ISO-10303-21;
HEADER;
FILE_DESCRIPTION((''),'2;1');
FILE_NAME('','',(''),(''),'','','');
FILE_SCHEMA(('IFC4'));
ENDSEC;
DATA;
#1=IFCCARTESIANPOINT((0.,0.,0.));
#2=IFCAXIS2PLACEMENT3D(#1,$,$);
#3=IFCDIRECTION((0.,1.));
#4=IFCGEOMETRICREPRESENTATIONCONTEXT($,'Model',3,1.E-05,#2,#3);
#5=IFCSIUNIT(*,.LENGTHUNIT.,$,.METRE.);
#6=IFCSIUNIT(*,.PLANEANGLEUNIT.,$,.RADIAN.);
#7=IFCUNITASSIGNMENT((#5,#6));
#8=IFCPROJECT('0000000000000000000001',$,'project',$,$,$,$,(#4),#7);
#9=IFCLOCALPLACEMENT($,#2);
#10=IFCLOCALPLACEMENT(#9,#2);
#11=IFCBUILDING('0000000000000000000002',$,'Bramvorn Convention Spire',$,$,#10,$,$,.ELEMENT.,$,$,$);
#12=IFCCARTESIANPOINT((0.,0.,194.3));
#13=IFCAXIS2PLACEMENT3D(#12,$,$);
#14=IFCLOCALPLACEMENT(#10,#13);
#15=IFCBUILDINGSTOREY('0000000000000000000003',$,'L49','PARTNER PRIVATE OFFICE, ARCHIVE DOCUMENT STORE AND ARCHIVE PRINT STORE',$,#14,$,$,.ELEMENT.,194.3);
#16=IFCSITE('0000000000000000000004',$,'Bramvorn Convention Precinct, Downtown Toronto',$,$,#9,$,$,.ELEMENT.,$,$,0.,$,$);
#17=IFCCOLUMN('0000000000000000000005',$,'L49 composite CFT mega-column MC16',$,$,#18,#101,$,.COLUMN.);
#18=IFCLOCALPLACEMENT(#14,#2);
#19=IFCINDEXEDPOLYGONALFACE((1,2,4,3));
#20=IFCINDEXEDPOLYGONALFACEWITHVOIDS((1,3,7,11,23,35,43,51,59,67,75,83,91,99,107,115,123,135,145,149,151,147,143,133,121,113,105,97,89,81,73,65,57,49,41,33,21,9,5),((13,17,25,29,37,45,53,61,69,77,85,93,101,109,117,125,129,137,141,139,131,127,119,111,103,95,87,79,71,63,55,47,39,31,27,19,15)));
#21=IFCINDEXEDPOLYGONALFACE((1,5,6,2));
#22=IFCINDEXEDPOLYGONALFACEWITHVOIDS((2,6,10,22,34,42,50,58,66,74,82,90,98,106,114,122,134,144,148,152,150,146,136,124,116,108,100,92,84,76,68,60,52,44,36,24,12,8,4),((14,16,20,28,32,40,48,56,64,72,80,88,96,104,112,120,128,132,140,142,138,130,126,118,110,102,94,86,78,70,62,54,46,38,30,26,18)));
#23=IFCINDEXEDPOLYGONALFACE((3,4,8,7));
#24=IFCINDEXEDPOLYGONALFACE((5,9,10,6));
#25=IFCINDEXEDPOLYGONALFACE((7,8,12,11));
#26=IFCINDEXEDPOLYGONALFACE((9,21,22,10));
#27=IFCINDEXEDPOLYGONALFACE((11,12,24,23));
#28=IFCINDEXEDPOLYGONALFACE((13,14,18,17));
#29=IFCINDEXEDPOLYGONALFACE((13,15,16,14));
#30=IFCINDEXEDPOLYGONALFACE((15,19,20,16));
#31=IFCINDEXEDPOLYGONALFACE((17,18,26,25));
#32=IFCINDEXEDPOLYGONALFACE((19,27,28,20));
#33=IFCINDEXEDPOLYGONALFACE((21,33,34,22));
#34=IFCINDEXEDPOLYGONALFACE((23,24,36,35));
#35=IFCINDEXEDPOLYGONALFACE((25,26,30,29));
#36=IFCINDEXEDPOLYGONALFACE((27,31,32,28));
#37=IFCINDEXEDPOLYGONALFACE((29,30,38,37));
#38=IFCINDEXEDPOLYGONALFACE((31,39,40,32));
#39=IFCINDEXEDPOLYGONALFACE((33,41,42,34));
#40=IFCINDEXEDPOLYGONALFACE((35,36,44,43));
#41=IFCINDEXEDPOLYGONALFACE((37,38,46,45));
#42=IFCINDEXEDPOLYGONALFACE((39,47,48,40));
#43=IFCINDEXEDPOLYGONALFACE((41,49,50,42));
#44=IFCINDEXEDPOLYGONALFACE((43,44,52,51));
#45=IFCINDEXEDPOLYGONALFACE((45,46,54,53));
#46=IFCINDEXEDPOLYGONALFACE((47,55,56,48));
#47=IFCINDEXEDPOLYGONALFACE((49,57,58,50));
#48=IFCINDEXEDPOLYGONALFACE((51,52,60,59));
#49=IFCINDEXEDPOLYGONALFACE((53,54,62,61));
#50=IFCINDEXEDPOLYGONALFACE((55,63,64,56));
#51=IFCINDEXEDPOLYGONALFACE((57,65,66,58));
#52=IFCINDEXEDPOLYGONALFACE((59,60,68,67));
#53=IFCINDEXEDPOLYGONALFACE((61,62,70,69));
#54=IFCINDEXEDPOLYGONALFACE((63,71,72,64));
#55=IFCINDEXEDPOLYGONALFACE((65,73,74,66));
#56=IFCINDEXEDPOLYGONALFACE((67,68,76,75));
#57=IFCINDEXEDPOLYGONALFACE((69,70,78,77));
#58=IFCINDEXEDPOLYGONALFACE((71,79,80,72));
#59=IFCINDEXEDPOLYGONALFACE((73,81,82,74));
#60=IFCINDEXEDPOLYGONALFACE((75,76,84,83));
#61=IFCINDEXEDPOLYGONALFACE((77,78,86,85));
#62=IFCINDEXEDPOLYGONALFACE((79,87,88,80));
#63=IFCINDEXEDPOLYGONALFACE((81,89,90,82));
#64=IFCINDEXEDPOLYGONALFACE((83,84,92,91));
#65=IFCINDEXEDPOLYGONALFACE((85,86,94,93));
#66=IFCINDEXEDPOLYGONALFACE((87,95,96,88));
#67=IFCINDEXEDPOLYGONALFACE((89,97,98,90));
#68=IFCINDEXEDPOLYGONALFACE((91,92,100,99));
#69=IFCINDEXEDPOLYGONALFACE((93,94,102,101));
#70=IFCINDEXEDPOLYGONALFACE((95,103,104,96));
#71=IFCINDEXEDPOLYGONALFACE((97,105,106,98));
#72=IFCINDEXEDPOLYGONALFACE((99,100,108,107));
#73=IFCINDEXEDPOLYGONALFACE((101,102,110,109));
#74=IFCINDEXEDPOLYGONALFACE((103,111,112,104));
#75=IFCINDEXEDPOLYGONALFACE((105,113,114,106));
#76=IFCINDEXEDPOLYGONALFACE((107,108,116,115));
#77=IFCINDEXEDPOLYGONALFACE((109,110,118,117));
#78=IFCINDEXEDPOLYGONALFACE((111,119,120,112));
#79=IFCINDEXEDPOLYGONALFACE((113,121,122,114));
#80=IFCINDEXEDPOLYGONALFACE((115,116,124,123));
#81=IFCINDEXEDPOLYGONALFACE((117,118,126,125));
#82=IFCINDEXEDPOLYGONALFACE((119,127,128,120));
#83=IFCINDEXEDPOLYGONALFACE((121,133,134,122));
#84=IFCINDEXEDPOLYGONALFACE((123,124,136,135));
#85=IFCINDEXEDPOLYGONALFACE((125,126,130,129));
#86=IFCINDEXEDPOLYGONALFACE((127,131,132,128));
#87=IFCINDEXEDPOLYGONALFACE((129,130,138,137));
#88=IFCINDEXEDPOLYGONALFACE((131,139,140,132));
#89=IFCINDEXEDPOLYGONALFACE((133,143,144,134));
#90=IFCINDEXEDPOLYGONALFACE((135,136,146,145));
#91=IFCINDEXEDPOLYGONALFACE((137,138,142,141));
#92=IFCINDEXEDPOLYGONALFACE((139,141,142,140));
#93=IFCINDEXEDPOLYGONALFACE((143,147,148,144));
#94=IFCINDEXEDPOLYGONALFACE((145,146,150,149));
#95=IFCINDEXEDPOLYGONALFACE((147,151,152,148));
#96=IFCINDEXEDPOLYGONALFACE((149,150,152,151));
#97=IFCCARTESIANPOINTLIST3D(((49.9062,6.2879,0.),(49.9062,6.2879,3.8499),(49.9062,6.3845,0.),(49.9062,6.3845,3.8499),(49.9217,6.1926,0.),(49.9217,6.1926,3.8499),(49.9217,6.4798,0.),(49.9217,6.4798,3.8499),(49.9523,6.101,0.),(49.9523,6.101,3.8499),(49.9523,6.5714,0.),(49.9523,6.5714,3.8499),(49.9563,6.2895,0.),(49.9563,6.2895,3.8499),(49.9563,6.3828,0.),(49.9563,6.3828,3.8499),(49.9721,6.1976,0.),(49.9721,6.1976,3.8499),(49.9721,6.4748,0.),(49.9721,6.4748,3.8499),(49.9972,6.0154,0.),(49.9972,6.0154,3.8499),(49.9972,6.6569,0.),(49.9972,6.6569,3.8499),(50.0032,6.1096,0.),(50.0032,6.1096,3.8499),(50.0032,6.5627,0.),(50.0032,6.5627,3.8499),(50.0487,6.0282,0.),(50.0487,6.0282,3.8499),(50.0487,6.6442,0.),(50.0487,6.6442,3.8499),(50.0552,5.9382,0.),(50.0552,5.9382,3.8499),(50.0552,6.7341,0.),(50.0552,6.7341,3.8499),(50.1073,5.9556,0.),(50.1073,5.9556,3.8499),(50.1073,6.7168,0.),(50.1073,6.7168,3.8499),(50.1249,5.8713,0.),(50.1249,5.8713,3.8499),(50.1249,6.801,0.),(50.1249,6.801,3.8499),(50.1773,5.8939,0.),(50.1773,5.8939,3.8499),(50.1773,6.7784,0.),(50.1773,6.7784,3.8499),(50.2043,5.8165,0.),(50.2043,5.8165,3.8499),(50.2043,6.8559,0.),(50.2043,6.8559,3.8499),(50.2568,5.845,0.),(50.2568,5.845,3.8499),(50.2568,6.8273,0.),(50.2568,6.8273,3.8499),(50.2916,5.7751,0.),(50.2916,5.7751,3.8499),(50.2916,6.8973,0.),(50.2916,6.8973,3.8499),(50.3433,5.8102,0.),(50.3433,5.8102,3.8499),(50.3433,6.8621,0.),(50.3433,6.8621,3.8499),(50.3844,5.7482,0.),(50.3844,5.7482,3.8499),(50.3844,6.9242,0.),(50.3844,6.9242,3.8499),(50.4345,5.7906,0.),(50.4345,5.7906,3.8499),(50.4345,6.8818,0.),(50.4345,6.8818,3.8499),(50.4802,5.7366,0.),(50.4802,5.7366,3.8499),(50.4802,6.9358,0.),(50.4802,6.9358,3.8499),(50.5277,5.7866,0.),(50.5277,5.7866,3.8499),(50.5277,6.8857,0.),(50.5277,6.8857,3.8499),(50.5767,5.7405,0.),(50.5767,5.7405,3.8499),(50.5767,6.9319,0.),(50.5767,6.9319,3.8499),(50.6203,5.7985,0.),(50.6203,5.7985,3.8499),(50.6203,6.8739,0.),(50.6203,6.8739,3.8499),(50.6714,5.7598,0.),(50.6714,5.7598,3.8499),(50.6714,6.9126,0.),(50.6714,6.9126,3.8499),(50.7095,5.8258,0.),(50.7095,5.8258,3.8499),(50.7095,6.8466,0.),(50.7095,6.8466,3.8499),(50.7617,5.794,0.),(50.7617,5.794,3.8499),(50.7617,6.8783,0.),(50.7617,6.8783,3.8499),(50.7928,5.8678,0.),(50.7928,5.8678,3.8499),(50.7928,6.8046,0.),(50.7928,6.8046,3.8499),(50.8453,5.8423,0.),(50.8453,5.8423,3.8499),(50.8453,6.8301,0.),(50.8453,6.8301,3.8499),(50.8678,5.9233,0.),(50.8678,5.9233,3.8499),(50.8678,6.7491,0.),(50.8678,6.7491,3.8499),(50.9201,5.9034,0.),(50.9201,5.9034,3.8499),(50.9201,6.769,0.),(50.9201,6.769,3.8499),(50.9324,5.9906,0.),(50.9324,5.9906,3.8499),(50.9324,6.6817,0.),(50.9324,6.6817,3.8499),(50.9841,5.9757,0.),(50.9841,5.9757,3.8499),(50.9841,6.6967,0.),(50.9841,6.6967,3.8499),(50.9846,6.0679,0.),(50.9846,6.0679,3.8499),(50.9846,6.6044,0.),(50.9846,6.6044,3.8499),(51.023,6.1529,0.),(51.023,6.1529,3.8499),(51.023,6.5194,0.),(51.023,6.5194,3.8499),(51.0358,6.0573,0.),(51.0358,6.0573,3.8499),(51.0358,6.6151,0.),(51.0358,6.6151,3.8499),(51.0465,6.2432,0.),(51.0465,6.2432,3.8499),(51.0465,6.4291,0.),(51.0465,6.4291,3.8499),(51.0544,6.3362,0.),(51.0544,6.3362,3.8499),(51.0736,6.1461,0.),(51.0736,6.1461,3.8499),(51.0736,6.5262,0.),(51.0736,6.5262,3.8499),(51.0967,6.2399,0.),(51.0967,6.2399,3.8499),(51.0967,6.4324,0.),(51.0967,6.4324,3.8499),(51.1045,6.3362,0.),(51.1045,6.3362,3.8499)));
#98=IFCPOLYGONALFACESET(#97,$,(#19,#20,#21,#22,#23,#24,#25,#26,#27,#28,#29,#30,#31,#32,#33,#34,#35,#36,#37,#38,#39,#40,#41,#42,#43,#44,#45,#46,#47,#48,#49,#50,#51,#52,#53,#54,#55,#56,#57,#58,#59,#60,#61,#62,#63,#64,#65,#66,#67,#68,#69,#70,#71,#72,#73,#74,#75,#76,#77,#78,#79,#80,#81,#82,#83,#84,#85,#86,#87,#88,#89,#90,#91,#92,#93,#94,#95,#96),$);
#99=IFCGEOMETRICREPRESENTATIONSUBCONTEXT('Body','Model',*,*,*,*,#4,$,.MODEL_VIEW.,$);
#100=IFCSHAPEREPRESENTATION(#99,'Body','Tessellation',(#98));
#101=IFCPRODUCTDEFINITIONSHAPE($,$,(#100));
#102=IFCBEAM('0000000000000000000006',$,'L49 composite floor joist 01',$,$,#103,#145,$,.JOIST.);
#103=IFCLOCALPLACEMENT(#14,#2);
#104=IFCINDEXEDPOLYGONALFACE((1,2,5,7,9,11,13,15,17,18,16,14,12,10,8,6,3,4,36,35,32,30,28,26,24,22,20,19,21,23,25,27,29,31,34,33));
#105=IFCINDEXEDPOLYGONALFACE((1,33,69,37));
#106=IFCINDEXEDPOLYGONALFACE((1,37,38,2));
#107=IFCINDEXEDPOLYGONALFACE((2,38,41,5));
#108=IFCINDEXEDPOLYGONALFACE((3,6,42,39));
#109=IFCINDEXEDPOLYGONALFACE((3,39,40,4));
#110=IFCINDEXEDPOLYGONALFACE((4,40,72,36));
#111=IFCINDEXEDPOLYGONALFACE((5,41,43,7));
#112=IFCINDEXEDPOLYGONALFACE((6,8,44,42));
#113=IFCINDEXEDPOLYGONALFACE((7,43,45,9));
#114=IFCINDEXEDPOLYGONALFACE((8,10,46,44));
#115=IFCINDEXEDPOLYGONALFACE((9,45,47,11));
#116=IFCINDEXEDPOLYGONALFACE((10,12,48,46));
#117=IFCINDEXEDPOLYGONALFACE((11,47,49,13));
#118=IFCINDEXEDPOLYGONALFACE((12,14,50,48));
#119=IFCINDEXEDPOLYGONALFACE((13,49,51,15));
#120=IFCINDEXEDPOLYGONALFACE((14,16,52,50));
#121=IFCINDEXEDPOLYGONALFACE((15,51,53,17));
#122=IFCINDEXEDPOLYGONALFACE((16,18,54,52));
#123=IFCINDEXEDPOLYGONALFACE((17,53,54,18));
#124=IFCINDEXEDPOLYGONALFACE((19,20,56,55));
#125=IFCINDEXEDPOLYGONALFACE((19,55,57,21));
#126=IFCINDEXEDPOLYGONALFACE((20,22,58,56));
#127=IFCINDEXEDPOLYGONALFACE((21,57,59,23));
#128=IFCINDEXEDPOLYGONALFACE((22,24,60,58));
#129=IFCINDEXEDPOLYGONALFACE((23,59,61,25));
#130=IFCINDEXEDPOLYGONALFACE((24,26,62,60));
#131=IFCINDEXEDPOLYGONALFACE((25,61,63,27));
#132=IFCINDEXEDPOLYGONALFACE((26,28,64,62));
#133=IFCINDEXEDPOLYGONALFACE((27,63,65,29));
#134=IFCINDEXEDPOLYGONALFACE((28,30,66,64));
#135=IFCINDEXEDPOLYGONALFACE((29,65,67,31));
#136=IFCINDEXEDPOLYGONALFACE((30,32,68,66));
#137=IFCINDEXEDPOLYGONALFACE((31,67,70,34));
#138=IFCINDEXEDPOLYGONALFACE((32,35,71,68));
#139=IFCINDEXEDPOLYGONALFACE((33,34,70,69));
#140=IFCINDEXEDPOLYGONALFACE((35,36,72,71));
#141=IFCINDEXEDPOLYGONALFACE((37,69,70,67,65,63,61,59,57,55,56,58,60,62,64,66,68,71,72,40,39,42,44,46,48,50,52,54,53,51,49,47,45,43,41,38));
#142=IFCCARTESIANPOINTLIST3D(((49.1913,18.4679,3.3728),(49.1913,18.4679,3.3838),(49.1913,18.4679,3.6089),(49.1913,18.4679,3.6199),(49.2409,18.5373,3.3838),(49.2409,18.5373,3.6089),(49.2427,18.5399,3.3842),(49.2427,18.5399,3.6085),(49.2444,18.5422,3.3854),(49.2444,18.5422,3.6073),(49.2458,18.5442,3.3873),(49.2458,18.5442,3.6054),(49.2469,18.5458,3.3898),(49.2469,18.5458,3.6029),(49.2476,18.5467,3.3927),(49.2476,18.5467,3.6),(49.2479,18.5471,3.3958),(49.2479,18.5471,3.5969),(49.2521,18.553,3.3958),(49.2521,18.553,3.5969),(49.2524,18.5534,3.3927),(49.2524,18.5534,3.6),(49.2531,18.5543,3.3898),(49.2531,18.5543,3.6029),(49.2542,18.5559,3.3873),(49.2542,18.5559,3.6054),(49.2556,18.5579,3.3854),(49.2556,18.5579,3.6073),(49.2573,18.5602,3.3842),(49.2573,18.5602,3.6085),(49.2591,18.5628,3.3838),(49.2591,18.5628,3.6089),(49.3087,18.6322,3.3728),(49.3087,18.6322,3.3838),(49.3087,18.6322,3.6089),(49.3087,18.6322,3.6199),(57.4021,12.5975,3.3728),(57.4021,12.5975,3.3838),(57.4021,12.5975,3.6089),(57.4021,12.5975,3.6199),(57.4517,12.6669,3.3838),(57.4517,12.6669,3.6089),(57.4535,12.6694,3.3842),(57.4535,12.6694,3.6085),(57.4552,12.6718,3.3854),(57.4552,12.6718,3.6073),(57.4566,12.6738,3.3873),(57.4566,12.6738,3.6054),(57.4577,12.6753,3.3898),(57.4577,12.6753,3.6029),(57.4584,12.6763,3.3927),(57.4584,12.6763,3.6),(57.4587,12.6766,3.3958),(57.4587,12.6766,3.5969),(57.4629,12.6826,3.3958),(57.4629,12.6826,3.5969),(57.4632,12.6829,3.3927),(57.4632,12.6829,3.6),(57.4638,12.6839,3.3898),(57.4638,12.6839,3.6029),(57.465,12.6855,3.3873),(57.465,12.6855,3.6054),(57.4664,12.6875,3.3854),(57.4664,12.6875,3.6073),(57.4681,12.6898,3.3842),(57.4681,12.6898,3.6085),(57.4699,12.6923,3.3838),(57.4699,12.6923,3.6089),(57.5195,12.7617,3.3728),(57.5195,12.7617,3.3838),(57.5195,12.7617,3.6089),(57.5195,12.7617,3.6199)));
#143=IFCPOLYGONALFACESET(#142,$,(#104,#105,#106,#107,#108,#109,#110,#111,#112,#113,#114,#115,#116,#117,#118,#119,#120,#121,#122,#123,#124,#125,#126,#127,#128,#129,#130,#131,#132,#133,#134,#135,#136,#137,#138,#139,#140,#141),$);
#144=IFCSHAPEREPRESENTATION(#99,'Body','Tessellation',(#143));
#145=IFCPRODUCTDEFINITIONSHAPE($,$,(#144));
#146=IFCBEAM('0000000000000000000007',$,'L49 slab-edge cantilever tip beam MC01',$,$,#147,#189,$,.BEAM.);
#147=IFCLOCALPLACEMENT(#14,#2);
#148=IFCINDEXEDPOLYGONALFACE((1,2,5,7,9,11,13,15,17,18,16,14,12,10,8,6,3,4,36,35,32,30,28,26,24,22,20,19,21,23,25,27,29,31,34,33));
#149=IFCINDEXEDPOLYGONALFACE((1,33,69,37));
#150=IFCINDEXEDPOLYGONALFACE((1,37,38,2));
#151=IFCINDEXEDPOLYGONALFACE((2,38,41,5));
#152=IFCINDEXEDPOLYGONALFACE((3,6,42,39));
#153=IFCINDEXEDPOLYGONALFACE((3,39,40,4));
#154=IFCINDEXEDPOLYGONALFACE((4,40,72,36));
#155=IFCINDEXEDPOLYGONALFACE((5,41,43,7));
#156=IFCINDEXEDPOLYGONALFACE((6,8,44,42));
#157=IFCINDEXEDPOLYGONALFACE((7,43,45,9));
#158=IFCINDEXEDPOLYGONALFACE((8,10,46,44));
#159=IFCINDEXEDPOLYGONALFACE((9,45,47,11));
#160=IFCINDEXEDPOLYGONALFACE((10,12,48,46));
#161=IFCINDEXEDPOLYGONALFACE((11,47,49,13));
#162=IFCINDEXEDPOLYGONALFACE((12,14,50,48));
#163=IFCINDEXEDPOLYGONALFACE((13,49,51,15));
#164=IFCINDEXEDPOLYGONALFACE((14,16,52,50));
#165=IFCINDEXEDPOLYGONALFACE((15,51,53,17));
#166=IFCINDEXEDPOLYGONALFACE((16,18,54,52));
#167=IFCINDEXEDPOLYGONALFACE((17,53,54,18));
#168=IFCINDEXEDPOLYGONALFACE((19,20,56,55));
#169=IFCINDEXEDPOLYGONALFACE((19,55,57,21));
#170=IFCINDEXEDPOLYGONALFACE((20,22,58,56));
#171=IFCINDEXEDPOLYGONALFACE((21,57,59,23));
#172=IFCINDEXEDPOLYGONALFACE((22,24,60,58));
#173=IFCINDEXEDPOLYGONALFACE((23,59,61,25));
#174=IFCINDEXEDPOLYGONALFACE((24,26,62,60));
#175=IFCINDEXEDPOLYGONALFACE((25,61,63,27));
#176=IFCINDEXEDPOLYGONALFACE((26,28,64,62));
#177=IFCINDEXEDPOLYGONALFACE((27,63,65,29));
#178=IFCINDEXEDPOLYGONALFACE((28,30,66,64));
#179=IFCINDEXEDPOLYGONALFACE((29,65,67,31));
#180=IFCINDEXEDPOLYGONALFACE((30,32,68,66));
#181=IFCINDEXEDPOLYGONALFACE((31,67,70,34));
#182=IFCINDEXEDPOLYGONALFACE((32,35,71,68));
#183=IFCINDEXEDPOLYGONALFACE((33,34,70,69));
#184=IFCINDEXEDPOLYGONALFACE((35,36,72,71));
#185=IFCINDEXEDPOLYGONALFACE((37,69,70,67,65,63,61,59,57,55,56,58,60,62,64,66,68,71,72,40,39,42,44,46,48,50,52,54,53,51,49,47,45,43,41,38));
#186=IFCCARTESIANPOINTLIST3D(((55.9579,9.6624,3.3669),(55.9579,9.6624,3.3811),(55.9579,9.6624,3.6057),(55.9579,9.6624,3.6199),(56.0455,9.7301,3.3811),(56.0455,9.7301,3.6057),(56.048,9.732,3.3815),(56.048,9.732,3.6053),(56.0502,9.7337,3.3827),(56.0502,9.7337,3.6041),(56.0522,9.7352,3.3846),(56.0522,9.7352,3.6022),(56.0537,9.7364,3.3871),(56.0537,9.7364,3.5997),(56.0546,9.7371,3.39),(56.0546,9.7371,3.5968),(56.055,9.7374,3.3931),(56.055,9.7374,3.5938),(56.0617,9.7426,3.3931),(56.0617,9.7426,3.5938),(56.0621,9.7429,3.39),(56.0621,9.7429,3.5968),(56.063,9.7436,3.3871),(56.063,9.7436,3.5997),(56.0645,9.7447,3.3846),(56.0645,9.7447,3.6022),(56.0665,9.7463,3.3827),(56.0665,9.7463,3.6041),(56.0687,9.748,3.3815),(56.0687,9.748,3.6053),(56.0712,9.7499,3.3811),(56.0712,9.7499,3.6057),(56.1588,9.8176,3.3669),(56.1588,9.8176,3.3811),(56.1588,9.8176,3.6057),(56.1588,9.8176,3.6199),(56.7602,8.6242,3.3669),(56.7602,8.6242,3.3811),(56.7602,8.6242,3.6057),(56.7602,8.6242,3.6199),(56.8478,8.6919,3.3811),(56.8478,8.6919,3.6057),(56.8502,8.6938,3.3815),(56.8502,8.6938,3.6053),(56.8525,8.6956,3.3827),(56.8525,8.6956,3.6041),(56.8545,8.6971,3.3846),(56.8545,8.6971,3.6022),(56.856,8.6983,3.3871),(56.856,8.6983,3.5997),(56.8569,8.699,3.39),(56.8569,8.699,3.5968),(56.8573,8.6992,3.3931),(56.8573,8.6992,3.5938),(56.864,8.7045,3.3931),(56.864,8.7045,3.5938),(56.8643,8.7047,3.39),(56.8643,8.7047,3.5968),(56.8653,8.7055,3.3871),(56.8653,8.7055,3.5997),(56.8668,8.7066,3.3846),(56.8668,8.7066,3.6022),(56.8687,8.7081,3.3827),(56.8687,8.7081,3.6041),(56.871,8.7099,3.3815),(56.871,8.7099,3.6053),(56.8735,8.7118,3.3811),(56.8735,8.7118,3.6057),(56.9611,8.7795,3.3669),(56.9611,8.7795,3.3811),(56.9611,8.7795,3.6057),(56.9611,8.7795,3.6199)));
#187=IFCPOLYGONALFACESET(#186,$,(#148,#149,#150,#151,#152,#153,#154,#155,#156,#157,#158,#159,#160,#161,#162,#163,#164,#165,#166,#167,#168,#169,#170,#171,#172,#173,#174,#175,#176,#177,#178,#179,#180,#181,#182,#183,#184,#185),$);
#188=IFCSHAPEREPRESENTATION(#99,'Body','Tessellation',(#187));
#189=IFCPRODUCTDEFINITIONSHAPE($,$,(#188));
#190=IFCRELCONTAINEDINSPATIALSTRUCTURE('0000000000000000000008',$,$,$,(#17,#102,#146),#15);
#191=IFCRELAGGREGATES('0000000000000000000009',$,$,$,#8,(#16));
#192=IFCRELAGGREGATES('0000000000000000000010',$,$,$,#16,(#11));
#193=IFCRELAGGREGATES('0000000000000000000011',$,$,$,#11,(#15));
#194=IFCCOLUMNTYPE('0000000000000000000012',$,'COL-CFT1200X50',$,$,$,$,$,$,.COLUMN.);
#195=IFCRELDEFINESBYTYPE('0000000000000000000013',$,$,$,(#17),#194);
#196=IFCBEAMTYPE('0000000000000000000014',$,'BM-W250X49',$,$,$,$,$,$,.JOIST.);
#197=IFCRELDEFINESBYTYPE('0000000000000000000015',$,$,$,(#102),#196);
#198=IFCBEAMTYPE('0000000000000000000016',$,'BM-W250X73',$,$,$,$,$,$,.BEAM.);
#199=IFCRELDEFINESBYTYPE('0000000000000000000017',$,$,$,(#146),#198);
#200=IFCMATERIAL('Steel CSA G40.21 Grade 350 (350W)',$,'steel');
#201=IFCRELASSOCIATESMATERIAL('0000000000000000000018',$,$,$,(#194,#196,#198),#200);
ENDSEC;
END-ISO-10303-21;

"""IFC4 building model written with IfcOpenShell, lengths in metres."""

from ifc_helpers import new_model, si_unit, direction, frame, origin, origin_2d, place, context, subcontext, project, spatial, hollow_circle, i_section, extrude, material, material_profile, profile_set, type_object, element, save


model = new_model("IFC4")

# Units and contexts
model_context = context("Model", 3, precision=1e-05, world=origin(), true_north=direction((0.0, 1.0)))
body_context = subcontext(model_context, "Body", "Model", "MODEL_VIEW")
ifc_project = project(units=[si_unit("LENGTHUNIT", "METRE"), si_unit("PLANEANGLEUNIT", "RADIAN")], contexts=[model_context])

# Site, building, storey
site_placement = place(None, origin())
site = spatial("IfcSite", under=ifc_project, at=site_placement, Name="Bramvorn Convention Precinct, Downtown Toronto", CompositionType="ELEMENT", RefElevation=0.0)
building_placement = place(site_placement, origin())
building = spatial("IfcBuilding", under=site, at=building_placement, Name="Bramvorn Convention Spire", CompositionType="ELEMENT")
storey_placement = place(building_placement, frame((0.0, 0.0, 194.3)))
storey = spatial("IfcBuildingStorey", under=building, at=storey_placement, Name="L49", Description="PARTNER PRIVATE OFFICE, ARCHIVE DOCUMENT STORE AND ARCHIVE PRINT STORE", CompositionType="ELEMENT", Elevation=194.3)

# Column
ifc_material_1 = material(Name="Steel CSA G40.21 Grade 350 (350W)", Category="steel")
ifc_material_profile_1 = material_profile(ifc_material_1, hollow_circle(Radius=0.6001, WallThickness=0.05, at=origin_2d()))
ifc_profile_set_1 = profile_set([ifc_material_profile_1], Name="Steel CSA G40.21 Grade 350 (350W) - CFT1200X50")
column_type = type_object("IfcColumnType", Name="COL-CFT1200X50", PredefinedType="COLUMN", material=ifc_profile_set_1)
for number, where, z_axis, x_axis, name in (
    (1, (50.5044, 6.3362, 0.0), (0.0, 0.0, 1.0), (1.0, 0.0, 0.0), "L49 composite CFT mega-column MC16"),
):
    element("IfcColumn", number, at=place(storey_placement, frame(where, z_axis=z_axis, x_axis=x_axis)), inside=storey, type_object=column_type, Name=name, PredefinedType="COLUMN", context=body_context, shape_type="SweptSolid", body=[
        extrude(hollow_circle(Radius=0.6001, WallThickness=0.05, at=origin_2d()), origin(), (0.0, 0.0, 1.0), 3.8499),
    ])

# Beams
ifc_material_profile_2 = material_profile(ifc_material_1, i_section(OverallWidth=0.2019, OverallDepth=0.2471, WebThickness=0.0073, FlangeThickness=0.011, FilletRadius=0.012, at=origin_2d()))
ifc_profile_set_2 = profile_set([ifc_material_profile_2], Name="Steel CSA G40.21 Grade 350 (350W) - W250X49")
beam_type_1 = type_object("IfcBeamType", Name="BM-W250X49", PredefinedType="JOIST", material=ifc_profile_set_2)
beam_1_placement = place(storey_placement, frame((49.25, 18.55, 3.4963), z_axis=(0.813472, -0.581604, 0.0), x_axis=(0.581604, 0.813472, 0.0)))
element("IfcBeam", 2, at=beam_1_placement, inside=storey, type_object=beam_type_1, Name="L49 composite floor joist 01", PredefinedType="JOIST", context=body_context, shape_type="SweptSolid", body=[
    extrude(i_section(OverallWidth=0.2019, OverallDepth=0.2471, WebThickness=0.0073, FlangeThickness=0.011, FilletRadius=0.012, at=origin_2d()), origin(), (0.0, 0.0, 1.0), 10.0935),
])
ifc_material_profile_3 = material_profile(ifc_material_1, i_section(OverallWidth=0.2539, OverallDepth=0.2529, WebThickness=0.0085, FlangeThickness=0.0142, FilletRadius=0.012, at=origin_2d()))
ifc_profile_set_3 = profile_set([ifc_material_profile_3], Name="Steel CSA G40.21 Grade 350 (350W) - W250X73")
beam_type_2 = type_object("IfcBeamType", Name="BM-W250X73", PredefinedType="BEAM", material=ifc_profile_set_3)
beam_2_placement = place(storey_placement, frame((56.0583, 9.74, 3.4934), z_axis=(0.61149, -0.791252, 0.0), x_axis=(0.791252, 0.61149, 0.0)))
element("IfcBeam", 3, at=beam_2_placement, inside=storey, type_object=beam_type_2, Name="L49 slab-edge cantilever tip beam MC01", PredefinedType="BEAM", context=body_context, shape_type="SweptSolid", body=[
    extrude(i_section(OverallWidth=0.2539, OverallDepth=0.2529, WebThickness=0.0085, FlangeThickness=0.0142, FilletRadius=0.012, at=origin_2d()), origin(), (0.0, 0.0, 1.0), 1.312),
])

save(model, "model.ifc")
